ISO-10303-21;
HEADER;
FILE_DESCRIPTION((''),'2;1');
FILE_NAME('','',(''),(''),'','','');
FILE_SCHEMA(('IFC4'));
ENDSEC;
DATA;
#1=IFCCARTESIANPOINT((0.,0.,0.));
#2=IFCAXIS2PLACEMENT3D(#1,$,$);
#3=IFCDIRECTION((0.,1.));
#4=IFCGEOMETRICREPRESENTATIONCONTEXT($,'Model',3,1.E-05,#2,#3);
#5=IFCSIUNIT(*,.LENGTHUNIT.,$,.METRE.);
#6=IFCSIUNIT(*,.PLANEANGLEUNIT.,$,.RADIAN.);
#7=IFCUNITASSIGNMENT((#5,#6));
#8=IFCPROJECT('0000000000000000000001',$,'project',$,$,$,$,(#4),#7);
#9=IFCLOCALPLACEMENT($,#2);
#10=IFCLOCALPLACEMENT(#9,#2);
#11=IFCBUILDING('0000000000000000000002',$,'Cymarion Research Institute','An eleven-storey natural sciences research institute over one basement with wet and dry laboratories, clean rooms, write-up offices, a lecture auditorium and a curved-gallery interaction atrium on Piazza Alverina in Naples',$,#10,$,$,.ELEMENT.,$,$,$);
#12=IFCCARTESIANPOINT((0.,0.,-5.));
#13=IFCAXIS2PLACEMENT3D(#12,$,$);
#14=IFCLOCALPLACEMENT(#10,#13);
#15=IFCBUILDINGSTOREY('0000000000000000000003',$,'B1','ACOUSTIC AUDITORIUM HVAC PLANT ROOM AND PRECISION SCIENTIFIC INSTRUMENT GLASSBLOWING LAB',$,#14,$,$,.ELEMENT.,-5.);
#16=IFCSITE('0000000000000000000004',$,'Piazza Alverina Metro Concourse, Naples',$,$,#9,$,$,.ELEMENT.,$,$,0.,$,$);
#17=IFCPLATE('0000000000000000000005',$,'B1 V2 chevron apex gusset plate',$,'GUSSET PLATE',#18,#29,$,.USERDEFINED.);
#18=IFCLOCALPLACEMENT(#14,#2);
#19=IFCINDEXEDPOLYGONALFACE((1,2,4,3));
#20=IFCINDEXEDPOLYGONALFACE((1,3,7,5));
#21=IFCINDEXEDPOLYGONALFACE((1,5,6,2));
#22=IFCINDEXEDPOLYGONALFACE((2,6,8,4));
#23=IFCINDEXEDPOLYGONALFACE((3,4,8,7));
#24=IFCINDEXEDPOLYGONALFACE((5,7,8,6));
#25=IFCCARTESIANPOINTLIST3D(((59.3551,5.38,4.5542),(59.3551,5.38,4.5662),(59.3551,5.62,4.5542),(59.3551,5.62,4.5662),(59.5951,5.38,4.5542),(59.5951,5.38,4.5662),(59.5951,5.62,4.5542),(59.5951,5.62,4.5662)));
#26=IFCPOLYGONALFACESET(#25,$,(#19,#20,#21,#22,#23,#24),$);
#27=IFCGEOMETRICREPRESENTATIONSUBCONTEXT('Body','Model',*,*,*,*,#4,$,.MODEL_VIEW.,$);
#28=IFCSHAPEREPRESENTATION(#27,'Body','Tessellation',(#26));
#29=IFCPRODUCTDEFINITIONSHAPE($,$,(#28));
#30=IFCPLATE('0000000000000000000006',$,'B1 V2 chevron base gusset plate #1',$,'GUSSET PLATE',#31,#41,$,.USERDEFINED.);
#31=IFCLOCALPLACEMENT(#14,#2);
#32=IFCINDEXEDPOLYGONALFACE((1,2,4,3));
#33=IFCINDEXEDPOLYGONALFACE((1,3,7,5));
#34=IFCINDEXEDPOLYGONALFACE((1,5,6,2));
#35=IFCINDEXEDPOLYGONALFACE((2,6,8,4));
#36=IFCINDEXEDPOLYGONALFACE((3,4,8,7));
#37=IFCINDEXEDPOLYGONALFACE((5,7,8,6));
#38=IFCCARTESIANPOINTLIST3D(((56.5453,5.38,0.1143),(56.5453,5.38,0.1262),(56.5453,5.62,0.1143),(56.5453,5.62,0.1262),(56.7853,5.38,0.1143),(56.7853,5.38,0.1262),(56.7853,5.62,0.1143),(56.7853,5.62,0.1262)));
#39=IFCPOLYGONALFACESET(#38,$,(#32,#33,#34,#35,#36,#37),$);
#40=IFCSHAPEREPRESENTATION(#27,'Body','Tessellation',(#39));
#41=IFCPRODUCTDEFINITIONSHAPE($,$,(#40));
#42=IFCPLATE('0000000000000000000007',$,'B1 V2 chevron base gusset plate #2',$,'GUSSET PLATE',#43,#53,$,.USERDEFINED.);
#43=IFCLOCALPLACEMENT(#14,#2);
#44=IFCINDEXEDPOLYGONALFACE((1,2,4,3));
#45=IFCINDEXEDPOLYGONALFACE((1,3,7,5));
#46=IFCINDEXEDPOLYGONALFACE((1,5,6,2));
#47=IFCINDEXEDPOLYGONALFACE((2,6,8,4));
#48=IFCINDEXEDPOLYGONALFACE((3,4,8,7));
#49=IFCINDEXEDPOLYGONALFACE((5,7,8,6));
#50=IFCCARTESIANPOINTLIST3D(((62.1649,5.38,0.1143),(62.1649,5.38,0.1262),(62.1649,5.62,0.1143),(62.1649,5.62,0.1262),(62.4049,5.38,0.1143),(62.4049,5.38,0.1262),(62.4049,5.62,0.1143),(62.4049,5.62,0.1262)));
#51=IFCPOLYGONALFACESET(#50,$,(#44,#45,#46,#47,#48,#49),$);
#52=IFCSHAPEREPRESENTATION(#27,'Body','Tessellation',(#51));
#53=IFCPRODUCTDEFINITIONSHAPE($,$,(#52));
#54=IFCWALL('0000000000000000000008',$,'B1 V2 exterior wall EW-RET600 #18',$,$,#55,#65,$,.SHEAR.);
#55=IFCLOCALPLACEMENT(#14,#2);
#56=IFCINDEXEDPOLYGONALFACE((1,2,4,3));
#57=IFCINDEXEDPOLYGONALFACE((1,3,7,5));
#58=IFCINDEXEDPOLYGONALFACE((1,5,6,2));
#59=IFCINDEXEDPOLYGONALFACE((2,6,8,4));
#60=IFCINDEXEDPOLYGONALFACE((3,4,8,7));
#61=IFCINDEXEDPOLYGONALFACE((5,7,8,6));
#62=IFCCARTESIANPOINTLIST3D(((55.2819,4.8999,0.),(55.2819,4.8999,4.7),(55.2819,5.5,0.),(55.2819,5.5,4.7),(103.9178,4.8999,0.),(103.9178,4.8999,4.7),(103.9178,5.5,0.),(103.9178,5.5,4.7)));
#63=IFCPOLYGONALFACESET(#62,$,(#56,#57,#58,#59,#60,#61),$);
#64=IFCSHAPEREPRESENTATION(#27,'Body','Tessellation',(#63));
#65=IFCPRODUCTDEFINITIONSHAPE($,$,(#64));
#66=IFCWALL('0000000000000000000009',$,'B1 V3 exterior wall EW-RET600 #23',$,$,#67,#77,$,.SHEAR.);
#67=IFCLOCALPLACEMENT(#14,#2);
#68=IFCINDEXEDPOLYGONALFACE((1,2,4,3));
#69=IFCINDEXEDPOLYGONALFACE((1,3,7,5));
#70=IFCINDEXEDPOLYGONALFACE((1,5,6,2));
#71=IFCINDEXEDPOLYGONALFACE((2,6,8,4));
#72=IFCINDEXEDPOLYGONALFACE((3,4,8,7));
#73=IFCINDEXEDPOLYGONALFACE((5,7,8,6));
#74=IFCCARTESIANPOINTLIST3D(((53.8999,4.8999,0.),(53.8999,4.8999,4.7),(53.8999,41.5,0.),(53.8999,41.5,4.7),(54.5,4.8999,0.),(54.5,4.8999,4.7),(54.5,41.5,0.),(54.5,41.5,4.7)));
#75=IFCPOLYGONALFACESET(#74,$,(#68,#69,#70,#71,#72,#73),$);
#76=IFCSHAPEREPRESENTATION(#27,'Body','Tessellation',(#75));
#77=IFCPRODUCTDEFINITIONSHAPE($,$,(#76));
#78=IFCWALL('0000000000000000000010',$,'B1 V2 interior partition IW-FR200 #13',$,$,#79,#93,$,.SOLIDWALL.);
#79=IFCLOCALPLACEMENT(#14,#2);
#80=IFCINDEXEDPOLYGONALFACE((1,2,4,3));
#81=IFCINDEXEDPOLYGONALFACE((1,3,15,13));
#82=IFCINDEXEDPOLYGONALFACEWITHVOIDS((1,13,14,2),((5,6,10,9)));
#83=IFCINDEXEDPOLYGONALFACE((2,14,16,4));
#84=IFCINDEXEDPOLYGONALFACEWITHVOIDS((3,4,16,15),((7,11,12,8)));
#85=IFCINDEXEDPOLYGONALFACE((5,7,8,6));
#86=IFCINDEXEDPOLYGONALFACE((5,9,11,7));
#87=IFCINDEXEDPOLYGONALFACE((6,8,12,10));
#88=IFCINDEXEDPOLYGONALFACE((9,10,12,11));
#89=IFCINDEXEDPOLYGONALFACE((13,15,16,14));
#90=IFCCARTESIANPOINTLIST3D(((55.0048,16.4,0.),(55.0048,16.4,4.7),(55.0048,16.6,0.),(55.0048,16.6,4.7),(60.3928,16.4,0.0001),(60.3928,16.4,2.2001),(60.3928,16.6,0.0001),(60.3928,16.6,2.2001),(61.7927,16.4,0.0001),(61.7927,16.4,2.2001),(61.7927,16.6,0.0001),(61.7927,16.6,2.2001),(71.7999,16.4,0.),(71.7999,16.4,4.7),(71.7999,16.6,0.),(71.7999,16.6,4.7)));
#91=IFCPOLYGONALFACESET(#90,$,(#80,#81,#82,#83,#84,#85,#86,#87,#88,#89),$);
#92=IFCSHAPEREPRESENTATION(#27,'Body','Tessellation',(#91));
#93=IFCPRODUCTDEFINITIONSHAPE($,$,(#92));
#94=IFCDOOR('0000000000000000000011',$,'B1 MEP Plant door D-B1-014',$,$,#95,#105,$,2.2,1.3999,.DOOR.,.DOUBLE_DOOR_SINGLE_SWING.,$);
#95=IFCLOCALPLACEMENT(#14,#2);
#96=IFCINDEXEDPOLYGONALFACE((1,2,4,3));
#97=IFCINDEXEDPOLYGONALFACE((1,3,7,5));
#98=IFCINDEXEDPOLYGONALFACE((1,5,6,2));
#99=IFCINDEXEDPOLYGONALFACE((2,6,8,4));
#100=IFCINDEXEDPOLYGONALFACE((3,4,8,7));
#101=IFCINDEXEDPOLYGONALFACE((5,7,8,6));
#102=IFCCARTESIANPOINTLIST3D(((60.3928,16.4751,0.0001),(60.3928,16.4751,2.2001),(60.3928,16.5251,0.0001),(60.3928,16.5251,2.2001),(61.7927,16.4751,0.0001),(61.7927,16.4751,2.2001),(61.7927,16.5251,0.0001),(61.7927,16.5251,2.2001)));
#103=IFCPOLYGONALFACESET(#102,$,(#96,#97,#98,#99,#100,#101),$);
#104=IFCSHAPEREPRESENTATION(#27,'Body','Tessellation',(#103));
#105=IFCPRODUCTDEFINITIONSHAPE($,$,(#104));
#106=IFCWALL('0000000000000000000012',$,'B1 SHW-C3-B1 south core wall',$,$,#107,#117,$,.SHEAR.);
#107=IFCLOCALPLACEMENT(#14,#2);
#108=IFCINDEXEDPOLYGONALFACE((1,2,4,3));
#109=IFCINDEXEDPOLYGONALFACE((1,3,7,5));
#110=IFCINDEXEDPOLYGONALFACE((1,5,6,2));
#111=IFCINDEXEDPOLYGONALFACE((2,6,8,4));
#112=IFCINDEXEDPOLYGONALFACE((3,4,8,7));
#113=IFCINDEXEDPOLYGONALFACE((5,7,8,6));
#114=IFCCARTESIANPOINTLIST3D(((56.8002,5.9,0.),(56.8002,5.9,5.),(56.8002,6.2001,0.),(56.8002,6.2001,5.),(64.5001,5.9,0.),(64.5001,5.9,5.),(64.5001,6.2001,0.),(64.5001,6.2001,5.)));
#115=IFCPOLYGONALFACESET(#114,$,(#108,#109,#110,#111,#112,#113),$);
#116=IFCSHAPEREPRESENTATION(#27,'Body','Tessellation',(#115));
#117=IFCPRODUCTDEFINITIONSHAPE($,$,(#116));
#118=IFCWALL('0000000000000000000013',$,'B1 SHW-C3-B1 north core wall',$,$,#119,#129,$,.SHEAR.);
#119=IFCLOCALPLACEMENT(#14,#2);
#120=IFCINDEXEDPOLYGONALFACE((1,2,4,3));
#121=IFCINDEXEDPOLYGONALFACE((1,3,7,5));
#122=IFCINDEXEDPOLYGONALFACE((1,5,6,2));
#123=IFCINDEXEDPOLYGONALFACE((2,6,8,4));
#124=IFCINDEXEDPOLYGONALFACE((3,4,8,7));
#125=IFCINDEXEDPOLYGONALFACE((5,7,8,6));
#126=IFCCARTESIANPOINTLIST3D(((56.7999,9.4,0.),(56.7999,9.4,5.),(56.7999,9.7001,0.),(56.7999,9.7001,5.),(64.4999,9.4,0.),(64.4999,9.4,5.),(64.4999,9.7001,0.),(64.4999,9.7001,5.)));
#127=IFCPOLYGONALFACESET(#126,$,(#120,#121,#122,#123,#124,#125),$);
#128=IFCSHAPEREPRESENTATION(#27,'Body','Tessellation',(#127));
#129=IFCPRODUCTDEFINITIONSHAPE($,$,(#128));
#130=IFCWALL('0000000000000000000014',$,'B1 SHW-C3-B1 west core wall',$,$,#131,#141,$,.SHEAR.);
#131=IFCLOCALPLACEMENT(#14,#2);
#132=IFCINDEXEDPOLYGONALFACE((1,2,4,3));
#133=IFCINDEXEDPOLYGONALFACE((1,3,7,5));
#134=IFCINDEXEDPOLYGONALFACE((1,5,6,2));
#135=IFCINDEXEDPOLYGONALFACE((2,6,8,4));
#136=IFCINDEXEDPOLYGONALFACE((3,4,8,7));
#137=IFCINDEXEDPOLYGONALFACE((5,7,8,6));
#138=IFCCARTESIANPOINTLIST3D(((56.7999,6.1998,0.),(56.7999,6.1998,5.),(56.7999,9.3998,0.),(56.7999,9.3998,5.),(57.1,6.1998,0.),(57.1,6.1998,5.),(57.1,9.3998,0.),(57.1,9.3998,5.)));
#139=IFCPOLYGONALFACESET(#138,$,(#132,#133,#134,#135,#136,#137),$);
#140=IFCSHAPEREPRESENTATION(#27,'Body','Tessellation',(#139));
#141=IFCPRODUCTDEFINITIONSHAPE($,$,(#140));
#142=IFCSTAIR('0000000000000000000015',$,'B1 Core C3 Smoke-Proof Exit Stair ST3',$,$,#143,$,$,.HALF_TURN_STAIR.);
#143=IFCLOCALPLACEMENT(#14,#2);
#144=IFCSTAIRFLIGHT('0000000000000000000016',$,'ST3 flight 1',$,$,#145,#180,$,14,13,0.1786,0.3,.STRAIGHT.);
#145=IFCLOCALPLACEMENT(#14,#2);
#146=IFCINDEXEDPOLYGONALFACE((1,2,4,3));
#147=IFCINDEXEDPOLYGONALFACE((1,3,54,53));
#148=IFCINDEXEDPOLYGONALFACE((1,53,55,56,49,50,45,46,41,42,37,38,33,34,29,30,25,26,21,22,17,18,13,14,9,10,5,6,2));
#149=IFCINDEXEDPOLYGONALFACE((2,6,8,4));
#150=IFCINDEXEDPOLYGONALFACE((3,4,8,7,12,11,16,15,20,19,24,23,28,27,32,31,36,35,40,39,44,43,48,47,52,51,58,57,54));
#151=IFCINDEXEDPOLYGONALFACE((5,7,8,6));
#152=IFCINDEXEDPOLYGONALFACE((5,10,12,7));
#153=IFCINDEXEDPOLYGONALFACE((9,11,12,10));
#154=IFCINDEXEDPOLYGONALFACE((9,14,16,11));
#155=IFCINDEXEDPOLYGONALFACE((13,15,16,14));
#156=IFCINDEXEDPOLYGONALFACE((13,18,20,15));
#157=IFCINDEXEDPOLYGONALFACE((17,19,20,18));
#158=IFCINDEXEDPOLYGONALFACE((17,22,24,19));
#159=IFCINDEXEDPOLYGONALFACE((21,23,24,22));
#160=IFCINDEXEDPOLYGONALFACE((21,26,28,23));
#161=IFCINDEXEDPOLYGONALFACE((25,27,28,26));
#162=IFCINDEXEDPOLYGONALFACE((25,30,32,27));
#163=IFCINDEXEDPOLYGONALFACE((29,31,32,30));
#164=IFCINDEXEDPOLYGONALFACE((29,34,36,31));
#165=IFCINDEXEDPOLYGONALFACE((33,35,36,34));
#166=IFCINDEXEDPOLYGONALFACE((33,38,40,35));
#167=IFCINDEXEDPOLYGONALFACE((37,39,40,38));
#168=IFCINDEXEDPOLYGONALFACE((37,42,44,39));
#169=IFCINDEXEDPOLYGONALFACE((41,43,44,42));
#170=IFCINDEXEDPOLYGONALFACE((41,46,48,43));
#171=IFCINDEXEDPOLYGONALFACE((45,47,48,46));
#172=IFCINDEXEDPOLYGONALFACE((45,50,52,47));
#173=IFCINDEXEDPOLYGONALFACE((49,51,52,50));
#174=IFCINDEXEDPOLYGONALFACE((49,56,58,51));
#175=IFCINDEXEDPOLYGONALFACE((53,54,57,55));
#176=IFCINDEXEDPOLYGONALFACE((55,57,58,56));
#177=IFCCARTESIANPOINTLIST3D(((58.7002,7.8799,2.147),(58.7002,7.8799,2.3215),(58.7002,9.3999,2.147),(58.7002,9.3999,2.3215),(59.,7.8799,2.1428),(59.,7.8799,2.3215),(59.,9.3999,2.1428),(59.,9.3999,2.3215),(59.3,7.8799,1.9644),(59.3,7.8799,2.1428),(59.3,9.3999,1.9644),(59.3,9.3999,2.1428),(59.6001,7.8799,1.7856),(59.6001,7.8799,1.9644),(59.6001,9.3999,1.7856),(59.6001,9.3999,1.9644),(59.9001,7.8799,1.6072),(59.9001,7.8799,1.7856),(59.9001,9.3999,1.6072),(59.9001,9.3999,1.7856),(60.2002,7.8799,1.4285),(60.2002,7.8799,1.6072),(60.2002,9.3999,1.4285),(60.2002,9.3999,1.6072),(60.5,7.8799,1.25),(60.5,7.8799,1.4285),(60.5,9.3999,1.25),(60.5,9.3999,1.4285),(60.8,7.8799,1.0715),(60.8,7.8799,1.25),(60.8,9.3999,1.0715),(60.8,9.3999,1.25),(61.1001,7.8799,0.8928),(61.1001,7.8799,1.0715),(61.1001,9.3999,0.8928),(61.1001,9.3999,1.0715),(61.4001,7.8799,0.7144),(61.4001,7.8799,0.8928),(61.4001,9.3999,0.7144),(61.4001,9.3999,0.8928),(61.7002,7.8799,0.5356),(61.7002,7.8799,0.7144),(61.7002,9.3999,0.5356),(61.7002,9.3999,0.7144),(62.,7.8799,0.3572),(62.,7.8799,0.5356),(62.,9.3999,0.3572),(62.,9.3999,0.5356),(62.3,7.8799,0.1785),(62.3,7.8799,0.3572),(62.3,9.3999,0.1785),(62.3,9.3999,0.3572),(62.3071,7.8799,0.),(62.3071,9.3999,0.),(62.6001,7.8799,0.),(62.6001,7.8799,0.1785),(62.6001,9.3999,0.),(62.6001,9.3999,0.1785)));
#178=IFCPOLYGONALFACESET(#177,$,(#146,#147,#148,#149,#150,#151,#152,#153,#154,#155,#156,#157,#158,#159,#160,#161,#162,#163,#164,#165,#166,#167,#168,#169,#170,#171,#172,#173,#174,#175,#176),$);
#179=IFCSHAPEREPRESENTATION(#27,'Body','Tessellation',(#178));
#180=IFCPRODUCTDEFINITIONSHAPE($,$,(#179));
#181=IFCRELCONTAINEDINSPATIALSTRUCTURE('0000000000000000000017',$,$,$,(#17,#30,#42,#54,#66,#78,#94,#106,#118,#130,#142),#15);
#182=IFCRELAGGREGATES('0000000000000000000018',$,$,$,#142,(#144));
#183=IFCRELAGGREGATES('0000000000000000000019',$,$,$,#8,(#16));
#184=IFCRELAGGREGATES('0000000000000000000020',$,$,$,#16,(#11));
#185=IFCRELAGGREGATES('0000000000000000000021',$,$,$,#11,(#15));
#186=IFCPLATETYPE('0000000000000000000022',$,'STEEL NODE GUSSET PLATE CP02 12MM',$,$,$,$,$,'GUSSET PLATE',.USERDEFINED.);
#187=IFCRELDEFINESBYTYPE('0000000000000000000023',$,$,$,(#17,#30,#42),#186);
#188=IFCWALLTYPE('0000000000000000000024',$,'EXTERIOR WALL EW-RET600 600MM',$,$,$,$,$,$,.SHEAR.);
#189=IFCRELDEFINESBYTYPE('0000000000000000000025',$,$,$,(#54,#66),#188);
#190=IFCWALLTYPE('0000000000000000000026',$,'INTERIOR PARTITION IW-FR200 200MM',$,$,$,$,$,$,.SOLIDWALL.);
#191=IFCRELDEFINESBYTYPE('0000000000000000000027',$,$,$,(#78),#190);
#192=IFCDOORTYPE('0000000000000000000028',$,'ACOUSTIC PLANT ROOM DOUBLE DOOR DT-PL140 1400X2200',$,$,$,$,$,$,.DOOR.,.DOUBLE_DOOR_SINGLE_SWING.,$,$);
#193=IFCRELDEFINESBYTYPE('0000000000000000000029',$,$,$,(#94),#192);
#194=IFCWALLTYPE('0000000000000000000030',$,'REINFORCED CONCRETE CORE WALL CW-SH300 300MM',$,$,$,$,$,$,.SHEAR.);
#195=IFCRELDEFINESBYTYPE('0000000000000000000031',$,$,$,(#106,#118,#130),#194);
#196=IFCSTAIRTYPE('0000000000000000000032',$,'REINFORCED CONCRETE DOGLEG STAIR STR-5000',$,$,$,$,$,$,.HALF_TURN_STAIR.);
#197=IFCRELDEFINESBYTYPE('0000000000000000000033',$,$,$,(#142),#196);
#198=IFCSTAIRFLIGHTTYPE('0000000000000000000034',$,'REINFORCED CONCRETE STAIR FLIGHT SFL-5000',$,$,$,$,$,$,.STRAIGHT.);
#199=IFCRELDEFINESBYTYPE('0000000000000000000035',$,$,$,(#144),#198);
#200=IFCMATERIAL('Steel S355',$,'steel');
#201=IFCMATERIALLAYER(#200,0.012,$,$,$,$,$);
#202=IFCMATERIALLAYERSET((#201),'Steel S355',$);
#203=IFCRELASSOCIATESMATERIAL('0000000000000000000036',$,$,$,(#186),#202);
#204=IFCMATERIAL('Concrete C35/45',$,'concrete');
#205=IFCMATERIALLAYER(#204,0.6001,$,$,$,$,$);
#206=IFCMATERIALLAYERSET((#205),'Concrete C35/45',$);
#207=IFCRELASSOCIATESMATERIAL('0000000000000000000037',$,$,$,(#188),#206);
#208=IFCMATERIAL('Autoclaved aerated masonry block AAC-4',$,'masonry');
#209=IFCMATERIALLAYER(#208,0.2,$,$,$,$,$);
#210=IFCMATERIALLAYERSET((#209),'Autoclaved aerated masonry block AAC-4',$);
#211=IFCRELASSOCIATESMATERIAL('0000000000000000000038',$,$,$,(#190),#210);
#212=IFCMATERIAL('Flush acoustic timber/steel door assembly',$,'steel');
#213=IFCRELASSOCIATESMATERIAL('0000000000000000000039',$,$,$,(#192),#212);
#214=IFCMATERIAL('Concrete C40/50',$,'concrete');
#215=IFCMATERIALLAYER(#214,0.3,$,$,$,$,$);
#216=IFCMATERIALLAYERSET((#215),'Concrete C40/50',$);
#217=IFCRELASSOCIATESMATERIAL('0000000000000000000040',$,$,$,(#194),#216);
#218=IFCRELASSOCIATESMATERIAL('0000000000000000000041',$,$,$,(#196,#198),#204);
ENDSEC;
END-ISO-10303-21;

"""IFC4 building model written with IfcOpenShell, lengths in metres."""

from ifc_helpers import new_model, si_unit, direction, frame, frame_2d, origin, origin_2d, place, context, subcontext, project, spatial, polyline, rectangle, outline, extrude, material, layer, layer_set, type_object, element, fill, aggregate, save


model = new_model("IFC4")

# Units and contexts
model_context = context("Model", 3, precision=1e-05, world=origin(), true_north=direction((0.0, 1.0)))
body_context = subcontext(model_context, "Body", "Model", "MODEL_VIEW")
ifc_project = project(units=[si_unit("LENGTHUNIT", "METRE"), si_unit("PLANEANGLEUNIT", "RADIAN")], contexts=[model_context])

# Site, building, storey
site_placement = place(None, origin())
site = spatial("IfcSite", under=ifc_project, at=site_placement, Name="Piazza Alverina Metro Concourse, Naples", CompositionType="ELEMENT", RefElevation=0.0)
building_placement = place(site_placement, origin())
building = spatial("IfcBuilding", under=site, at=building_placement, Name="Cymarion Research Institute", Description="An eleven-storey natural sciences research institute over one basement with wet and dry laboratories, clean rooms, write-up offices, a lecture auditorium and a curved-gallery interaction atrium on Piazza Alverina in Naples", CompositionType="ELEMENT")
storey_placement = place(building_placement, frame((0.0, 0.0, -5.0)))
storey = spatial("IfcBuildingStorey", under=building, at=storey_placement, Name="B1", Description="ACOUSTIC AUDITORIUM HVAC PLANT ROOM AND PRECISION SCIENTIFIC INSTRUMENT GLASSBLOWING LAB", CompositionType="ELEMENT", Elevation=-5.0)

# Shared definitions
ifc_material_1 = material(Name="Concrete C35/45", Category="concrete")

# Shared definitions
ifc_material_2 = material(Name="Concrete C40/50", Category="concrete")
ifc_material_3 = material(Name="Steel S355", Category="steel")

# Plates
ifc_layer_1 = layer(ifc_material_3, 0.012)
ifc_layer_set_1 = layer_set([ifc_layer_1], Name="Steel S355")
plate_type = type_object("IfcPlateType", Name="STEEL NODE GUSSET PLATE CP02 12MM", ElementType="GUSSET PLATE", PredefinedType="USERDEFINED", material=ifc_layer_set_1)
for number, where, z_axis, x_axis, name in (
    (1, (59.4751, 5.5, 4.5542), (0.0, 0.0, 1.0), (1.0, 0.0, 0.0), "B1 V2 chevron apex gusset plate"),
    (2, (56.6653, 5.5, 0.1143), (0.0, 0.0, 1.0), (1.0, 0.0, 0.0), "B1 V2 chevron base gusset plate #1"),
    (3, (62.2849, 5.5, 0.1143), (0.0, 0.0, 1.0), (1.0, 0.0, 0.0), "B1 V2 chevron base gusset plate #2"),
):
    element("IfcPlate", number, at=place(storey_placement, frame(where, z_axis=z_axis, x_axis=x_axis)), inside=storey, type_object=plate_type, Name=name, ObjectType="GUSSET PLATE", PredefinedType="USERDEFINED", context=body_context, shape_type="SweptSolid", body=[
        extrude(rectangle(XDim=0.24, YDim=0.24, at=origin_2d()), origin(), (0.0, 0.0, 1.0), 0.012),
    ])

# Walls
ifc_layer_2 = layer(ifc_material_1, 0.6001)
ifc_layer_set_2 = layer_set([ifc_layer_2], Name="Concrete C35/45")
wall_type_1 = type_object("IfcWallType", Name="EXTERIOR WALL EW-RET600 600MM", PredefinedType="SHEAR", material=ifc_layer_set_2)
wall_1_placement = place(storey_placement, frame((55.282, 5.2, 0.0), z_axis=(0.0, 0.0, 1.0), x_axis=(1.0, 0.0, 0.0)))
element("IfcWall", 4, at=wall_1_placement, inside=storey, type_object=wall_type_1, Name="B1 V2 exterior wall EW-RET600 #18", PredefinedType="SHEAR", context=body_context, shape_type="SweptSolid", body=[
    extrude(rectangle(XDim=48.636, YDim=0.6001, at=frame_2d((24.3179, 0.0))), origin(), (0.0, 0.0, 1.0), 4.7),
])
wall_2_placement = place(storey_placement, frame((54.2, 4.8999, 0.0), z_axis=(0.0, 0.0, 1.0), x_axis=(0.0, 1.0, 0.0)))
element("IfcWall", 5, at=wall_2_placement, inside=storey, type_object=wall_type_1, Name="B1 V3 exterior wall EW-RET600 #23", PredefinedType="SHEAR", context=body_context, shape_type="SweptSolid", body=[
    extrude(rectangle(XDim=36.6001, YDim=0.6001, at=frame_2d((18.3, 0.0))), origin(), (0.0, 0.0, 1.0), 4.7),
])

# Wall, opening, door
ifc_material_4 = material(Name="Autoclaved aerated masonry block AAC-4", Category="masonry")
ifc_layer_3 = layer(ifc_material_4, 0.2)
ifc_layer_set_3 = layer_set([ifc_layer_3], Name="Autoclaved aerated masonry block AAC-4")
wall_type_2 = type_object("IfcWallType", Name="INTERIOR PARTITION IW-FR200 200MM", PredefinedType="SOLIDWALL", material=ifc_layer_set_3)
wall_3_placement = place(storey_placement, frame((55.0049, 16.5, 0.0), z_axis=(0.0, 0.0, 1.0), x_axis=(1.0, 0.0, 0.0)))
wall_3 = element("IfcWall", 6, at=wall_3_placement, inside=storey, type_object=wall_type_2, Name="B1 V2 interior partition IW-FR200 #13", PredefinedType="SOLIDWALL", context=body_context, shape_type="SweptSolid", body=[
    extrude(rectangle(XDim=16.7952, YDim=0.2, at=frame_2d((8.3975, 0.0))), origin(), (0.0, 0.0, 1.0), 4.7),
])
opening_1_placement = place(wall_3_placement, frame((5.3879, 0.0, 0.0)))
opening_1 = element("IfcOpeningElement", 7, at=opening_1_placement, cuts=wall_3, PredefinedType="OPENING", context=body_context, shape_type="SweptSolid", body=[
    extrude(rectangle(XDim=1.3999, YDim=2.2, at=frame_2d((0.7, 1.1001))), frame((0.0, 0.1099, 0.0), z_axis=(0.0, -1.0, 0.0), x_axis=(1.0, 0.0, 0.0)), (0.0, 0.0, 1.0), 0.22),
])
ifc_material_5 = material(Name="Flush acoustic timber/steel door assembly", Category="steel")
door_type_1 = type_object("IfcDoorType", Name="ACOUSTIC PLANT ROOM DOUBLE DOOR DT-PL140 1400X2200", OperationType="DOUBLE_DOOR_SINGLE_SWING", PredefinedType="DOOR", material=ifc_material_5)
door_1_placement = place(opening_1_placement, frame((1.3999, 0.0, 0.0), z_axis=(0.0, 0.0, 1.0), x_axis=(-1.0, 0.0, 0.0)))
door_1 = element("IfcDoor", 8, at=door_1_placement, inside=storey, type_object=door_type_1, Name="B1 MEP Plant door D-B1-014", OperationType="DOUBLE_DOOR_SINGLE_SWING", OverallHeight=2.2, OverallWidth=1.3999, PredefinedType="DOOR", context=body_context, shape_type="SweptSolid", body=[
    extrude(rectangle(XDim=1.3999, YDim=2.2, at=frame_2d((0.7, 1.1001))), frame((0.0, 0.0249, 0.0), z_axis=(0.0, -1.0, 0.0), x_axis=(1.0, 0.0, 0.0)), (0.0, 0.0, 1.0), 0.05),
])
fill(opening_1, door_1)

# Walls
ifc_layer_4 = layer(ifc_material_2, 0.3)
ifc_layer_set_4 = layer_set([ifc_layer_4], Name="Concrete C40/50")
wall_type_3 = type_object("IfcWallType", Name="REINFORCED CONCRETE CORE WALL CW-SH300 300MM", PredefinedType="SHEAR", material=ifc_layer_set_4)
for number, where, z_axis, x_axis, name in (
    (9, (56.8, 6.05, 0.0), (0.0, 0.0, 1.0), (1.0, 0.0, 0.0), "B1 SHW-C3-B1 south core wall"),
    (10, (64.5, 9.55, 0.0), (0.0, 0.0, 1.0), (-1.0, 0.0, 0.0), "B1 SHW-C3-B1 north core wall"),
):
    element("IfcWall", number, at=place(storey_placement, frame(where, z_axis=z_axis, x_axis=x_axis)), inside=storey, type_object=wall_type_3, Name=name, PredefinedType="SHEAR", context=body_context, shape_type="SweptSolid", body=[
        extrude(rectangle(XDim=7.7, YDim=0.3, at=frame_2d((3.8501, 0.0))), origin(), (0.0, 0.0, 1.0), 5.0),
    ])
wall_4_placement = place(storey_placement, frame((56.95, 9.3999, 0.0), z_axis=(0.0, 0.0, 1.0), x_axis=(0.0, -1.0, 0.0)))
element("IfcWall", 11, at=wall_4_placement, inside=storey, type_object=wall_type_3, Name="B1 SHW-C3-B1 west core wall", PredefinedType="SHEAR", context=body_context, shape_type="SweptSolid", body=[
    extrude(rectangle(XDim=3.2, YDim=0.3, at=frame_2d((1.6001, 0.0))), origin(), (0.0, 0.0, 1.0), 5.0),
])

# Stair, stair flight
stair_type = type_object("IfcStairType", Name="REINFORCED CONCRETE DOGLEG STAIR STR-5000", PredefinedType="HALF_TURN_STAIR", material=ifc_material_1)
stair_placement = place(storey_placement, origin())
stair = element("IfcStair", 12, at=stair_placement, inside=storey, type_object=stair_type, Name="B1 Core C3 Smoke-Proof Exit Stair ST3", PredefinedType="HALF_TURN_STAIR")
stair_flight_type = type_object("IfcStairFlightType", Name="REINFORCED CONCRETE STAIR FLIGHT SFL-5000", PredefinedType="STRAIGHT", material=ifc_material_1)
stair_flight_1_placement = place(storey_placement, frame((62.6001, 8.6399, 0.0), z_axis=(0.0, 0.0, 1.0), x_axis=(-1.0, 0.0, 0.0)))
stair_flight_1 = element("IfcStairFlight", 13, at=stair_flight_1_placement, type_object=stair_flight_type, Name="ST3 flight 1", NumberOfRisers=14, NumberOfTreads=13, PredefinedType="STRAIGHT", RiserHeight=0.1786, TreadLength=0.3, context=body_context, shape_type="SweptSolid", body=[
    extrude(outline(polyline([(0.0, 0.0), (0.0, 0.1785), (0.3, 0.1785), (0.3, 0.3572), (0.6001, 0.3572), (0.6001, 0.5356), (0.8999, 0.5356), (0.8999, 0.7144), (1.2, 0.7144), (1.2, 0.8928), (1.5, 0.8928), (1.5, 1.0715), (1.8, 1.0715), (1.8, 1.25), (2.1001, 1.25), (2.1001, 1.4285), (2.3999, 1.4285), (2.3999, 1.6072), (2.7, 1.6072), (2.7, 1.7856), (3.0, 1.7856), (3.0, 1.9644), (3.3, 1.9644), (3.3, 2.1428), (3.6001, 2.1428), (3.6001, 2.3215), (3.8999, 2.3215), (3.8999, 2.5), (3.8999, 2.147), (0.293, 0.0), (0.0, 0.0)])), frame((0.0, 0.76, 0.0), z_axis=(0.0, -1.0, 0.0), x_axis=(1.0, 0.0, 0.0)), (0.0, 0.0, 1.0), 1.52),
])
aggregate(stair, [stair_flight_1])

save(model, "model.ifc")
